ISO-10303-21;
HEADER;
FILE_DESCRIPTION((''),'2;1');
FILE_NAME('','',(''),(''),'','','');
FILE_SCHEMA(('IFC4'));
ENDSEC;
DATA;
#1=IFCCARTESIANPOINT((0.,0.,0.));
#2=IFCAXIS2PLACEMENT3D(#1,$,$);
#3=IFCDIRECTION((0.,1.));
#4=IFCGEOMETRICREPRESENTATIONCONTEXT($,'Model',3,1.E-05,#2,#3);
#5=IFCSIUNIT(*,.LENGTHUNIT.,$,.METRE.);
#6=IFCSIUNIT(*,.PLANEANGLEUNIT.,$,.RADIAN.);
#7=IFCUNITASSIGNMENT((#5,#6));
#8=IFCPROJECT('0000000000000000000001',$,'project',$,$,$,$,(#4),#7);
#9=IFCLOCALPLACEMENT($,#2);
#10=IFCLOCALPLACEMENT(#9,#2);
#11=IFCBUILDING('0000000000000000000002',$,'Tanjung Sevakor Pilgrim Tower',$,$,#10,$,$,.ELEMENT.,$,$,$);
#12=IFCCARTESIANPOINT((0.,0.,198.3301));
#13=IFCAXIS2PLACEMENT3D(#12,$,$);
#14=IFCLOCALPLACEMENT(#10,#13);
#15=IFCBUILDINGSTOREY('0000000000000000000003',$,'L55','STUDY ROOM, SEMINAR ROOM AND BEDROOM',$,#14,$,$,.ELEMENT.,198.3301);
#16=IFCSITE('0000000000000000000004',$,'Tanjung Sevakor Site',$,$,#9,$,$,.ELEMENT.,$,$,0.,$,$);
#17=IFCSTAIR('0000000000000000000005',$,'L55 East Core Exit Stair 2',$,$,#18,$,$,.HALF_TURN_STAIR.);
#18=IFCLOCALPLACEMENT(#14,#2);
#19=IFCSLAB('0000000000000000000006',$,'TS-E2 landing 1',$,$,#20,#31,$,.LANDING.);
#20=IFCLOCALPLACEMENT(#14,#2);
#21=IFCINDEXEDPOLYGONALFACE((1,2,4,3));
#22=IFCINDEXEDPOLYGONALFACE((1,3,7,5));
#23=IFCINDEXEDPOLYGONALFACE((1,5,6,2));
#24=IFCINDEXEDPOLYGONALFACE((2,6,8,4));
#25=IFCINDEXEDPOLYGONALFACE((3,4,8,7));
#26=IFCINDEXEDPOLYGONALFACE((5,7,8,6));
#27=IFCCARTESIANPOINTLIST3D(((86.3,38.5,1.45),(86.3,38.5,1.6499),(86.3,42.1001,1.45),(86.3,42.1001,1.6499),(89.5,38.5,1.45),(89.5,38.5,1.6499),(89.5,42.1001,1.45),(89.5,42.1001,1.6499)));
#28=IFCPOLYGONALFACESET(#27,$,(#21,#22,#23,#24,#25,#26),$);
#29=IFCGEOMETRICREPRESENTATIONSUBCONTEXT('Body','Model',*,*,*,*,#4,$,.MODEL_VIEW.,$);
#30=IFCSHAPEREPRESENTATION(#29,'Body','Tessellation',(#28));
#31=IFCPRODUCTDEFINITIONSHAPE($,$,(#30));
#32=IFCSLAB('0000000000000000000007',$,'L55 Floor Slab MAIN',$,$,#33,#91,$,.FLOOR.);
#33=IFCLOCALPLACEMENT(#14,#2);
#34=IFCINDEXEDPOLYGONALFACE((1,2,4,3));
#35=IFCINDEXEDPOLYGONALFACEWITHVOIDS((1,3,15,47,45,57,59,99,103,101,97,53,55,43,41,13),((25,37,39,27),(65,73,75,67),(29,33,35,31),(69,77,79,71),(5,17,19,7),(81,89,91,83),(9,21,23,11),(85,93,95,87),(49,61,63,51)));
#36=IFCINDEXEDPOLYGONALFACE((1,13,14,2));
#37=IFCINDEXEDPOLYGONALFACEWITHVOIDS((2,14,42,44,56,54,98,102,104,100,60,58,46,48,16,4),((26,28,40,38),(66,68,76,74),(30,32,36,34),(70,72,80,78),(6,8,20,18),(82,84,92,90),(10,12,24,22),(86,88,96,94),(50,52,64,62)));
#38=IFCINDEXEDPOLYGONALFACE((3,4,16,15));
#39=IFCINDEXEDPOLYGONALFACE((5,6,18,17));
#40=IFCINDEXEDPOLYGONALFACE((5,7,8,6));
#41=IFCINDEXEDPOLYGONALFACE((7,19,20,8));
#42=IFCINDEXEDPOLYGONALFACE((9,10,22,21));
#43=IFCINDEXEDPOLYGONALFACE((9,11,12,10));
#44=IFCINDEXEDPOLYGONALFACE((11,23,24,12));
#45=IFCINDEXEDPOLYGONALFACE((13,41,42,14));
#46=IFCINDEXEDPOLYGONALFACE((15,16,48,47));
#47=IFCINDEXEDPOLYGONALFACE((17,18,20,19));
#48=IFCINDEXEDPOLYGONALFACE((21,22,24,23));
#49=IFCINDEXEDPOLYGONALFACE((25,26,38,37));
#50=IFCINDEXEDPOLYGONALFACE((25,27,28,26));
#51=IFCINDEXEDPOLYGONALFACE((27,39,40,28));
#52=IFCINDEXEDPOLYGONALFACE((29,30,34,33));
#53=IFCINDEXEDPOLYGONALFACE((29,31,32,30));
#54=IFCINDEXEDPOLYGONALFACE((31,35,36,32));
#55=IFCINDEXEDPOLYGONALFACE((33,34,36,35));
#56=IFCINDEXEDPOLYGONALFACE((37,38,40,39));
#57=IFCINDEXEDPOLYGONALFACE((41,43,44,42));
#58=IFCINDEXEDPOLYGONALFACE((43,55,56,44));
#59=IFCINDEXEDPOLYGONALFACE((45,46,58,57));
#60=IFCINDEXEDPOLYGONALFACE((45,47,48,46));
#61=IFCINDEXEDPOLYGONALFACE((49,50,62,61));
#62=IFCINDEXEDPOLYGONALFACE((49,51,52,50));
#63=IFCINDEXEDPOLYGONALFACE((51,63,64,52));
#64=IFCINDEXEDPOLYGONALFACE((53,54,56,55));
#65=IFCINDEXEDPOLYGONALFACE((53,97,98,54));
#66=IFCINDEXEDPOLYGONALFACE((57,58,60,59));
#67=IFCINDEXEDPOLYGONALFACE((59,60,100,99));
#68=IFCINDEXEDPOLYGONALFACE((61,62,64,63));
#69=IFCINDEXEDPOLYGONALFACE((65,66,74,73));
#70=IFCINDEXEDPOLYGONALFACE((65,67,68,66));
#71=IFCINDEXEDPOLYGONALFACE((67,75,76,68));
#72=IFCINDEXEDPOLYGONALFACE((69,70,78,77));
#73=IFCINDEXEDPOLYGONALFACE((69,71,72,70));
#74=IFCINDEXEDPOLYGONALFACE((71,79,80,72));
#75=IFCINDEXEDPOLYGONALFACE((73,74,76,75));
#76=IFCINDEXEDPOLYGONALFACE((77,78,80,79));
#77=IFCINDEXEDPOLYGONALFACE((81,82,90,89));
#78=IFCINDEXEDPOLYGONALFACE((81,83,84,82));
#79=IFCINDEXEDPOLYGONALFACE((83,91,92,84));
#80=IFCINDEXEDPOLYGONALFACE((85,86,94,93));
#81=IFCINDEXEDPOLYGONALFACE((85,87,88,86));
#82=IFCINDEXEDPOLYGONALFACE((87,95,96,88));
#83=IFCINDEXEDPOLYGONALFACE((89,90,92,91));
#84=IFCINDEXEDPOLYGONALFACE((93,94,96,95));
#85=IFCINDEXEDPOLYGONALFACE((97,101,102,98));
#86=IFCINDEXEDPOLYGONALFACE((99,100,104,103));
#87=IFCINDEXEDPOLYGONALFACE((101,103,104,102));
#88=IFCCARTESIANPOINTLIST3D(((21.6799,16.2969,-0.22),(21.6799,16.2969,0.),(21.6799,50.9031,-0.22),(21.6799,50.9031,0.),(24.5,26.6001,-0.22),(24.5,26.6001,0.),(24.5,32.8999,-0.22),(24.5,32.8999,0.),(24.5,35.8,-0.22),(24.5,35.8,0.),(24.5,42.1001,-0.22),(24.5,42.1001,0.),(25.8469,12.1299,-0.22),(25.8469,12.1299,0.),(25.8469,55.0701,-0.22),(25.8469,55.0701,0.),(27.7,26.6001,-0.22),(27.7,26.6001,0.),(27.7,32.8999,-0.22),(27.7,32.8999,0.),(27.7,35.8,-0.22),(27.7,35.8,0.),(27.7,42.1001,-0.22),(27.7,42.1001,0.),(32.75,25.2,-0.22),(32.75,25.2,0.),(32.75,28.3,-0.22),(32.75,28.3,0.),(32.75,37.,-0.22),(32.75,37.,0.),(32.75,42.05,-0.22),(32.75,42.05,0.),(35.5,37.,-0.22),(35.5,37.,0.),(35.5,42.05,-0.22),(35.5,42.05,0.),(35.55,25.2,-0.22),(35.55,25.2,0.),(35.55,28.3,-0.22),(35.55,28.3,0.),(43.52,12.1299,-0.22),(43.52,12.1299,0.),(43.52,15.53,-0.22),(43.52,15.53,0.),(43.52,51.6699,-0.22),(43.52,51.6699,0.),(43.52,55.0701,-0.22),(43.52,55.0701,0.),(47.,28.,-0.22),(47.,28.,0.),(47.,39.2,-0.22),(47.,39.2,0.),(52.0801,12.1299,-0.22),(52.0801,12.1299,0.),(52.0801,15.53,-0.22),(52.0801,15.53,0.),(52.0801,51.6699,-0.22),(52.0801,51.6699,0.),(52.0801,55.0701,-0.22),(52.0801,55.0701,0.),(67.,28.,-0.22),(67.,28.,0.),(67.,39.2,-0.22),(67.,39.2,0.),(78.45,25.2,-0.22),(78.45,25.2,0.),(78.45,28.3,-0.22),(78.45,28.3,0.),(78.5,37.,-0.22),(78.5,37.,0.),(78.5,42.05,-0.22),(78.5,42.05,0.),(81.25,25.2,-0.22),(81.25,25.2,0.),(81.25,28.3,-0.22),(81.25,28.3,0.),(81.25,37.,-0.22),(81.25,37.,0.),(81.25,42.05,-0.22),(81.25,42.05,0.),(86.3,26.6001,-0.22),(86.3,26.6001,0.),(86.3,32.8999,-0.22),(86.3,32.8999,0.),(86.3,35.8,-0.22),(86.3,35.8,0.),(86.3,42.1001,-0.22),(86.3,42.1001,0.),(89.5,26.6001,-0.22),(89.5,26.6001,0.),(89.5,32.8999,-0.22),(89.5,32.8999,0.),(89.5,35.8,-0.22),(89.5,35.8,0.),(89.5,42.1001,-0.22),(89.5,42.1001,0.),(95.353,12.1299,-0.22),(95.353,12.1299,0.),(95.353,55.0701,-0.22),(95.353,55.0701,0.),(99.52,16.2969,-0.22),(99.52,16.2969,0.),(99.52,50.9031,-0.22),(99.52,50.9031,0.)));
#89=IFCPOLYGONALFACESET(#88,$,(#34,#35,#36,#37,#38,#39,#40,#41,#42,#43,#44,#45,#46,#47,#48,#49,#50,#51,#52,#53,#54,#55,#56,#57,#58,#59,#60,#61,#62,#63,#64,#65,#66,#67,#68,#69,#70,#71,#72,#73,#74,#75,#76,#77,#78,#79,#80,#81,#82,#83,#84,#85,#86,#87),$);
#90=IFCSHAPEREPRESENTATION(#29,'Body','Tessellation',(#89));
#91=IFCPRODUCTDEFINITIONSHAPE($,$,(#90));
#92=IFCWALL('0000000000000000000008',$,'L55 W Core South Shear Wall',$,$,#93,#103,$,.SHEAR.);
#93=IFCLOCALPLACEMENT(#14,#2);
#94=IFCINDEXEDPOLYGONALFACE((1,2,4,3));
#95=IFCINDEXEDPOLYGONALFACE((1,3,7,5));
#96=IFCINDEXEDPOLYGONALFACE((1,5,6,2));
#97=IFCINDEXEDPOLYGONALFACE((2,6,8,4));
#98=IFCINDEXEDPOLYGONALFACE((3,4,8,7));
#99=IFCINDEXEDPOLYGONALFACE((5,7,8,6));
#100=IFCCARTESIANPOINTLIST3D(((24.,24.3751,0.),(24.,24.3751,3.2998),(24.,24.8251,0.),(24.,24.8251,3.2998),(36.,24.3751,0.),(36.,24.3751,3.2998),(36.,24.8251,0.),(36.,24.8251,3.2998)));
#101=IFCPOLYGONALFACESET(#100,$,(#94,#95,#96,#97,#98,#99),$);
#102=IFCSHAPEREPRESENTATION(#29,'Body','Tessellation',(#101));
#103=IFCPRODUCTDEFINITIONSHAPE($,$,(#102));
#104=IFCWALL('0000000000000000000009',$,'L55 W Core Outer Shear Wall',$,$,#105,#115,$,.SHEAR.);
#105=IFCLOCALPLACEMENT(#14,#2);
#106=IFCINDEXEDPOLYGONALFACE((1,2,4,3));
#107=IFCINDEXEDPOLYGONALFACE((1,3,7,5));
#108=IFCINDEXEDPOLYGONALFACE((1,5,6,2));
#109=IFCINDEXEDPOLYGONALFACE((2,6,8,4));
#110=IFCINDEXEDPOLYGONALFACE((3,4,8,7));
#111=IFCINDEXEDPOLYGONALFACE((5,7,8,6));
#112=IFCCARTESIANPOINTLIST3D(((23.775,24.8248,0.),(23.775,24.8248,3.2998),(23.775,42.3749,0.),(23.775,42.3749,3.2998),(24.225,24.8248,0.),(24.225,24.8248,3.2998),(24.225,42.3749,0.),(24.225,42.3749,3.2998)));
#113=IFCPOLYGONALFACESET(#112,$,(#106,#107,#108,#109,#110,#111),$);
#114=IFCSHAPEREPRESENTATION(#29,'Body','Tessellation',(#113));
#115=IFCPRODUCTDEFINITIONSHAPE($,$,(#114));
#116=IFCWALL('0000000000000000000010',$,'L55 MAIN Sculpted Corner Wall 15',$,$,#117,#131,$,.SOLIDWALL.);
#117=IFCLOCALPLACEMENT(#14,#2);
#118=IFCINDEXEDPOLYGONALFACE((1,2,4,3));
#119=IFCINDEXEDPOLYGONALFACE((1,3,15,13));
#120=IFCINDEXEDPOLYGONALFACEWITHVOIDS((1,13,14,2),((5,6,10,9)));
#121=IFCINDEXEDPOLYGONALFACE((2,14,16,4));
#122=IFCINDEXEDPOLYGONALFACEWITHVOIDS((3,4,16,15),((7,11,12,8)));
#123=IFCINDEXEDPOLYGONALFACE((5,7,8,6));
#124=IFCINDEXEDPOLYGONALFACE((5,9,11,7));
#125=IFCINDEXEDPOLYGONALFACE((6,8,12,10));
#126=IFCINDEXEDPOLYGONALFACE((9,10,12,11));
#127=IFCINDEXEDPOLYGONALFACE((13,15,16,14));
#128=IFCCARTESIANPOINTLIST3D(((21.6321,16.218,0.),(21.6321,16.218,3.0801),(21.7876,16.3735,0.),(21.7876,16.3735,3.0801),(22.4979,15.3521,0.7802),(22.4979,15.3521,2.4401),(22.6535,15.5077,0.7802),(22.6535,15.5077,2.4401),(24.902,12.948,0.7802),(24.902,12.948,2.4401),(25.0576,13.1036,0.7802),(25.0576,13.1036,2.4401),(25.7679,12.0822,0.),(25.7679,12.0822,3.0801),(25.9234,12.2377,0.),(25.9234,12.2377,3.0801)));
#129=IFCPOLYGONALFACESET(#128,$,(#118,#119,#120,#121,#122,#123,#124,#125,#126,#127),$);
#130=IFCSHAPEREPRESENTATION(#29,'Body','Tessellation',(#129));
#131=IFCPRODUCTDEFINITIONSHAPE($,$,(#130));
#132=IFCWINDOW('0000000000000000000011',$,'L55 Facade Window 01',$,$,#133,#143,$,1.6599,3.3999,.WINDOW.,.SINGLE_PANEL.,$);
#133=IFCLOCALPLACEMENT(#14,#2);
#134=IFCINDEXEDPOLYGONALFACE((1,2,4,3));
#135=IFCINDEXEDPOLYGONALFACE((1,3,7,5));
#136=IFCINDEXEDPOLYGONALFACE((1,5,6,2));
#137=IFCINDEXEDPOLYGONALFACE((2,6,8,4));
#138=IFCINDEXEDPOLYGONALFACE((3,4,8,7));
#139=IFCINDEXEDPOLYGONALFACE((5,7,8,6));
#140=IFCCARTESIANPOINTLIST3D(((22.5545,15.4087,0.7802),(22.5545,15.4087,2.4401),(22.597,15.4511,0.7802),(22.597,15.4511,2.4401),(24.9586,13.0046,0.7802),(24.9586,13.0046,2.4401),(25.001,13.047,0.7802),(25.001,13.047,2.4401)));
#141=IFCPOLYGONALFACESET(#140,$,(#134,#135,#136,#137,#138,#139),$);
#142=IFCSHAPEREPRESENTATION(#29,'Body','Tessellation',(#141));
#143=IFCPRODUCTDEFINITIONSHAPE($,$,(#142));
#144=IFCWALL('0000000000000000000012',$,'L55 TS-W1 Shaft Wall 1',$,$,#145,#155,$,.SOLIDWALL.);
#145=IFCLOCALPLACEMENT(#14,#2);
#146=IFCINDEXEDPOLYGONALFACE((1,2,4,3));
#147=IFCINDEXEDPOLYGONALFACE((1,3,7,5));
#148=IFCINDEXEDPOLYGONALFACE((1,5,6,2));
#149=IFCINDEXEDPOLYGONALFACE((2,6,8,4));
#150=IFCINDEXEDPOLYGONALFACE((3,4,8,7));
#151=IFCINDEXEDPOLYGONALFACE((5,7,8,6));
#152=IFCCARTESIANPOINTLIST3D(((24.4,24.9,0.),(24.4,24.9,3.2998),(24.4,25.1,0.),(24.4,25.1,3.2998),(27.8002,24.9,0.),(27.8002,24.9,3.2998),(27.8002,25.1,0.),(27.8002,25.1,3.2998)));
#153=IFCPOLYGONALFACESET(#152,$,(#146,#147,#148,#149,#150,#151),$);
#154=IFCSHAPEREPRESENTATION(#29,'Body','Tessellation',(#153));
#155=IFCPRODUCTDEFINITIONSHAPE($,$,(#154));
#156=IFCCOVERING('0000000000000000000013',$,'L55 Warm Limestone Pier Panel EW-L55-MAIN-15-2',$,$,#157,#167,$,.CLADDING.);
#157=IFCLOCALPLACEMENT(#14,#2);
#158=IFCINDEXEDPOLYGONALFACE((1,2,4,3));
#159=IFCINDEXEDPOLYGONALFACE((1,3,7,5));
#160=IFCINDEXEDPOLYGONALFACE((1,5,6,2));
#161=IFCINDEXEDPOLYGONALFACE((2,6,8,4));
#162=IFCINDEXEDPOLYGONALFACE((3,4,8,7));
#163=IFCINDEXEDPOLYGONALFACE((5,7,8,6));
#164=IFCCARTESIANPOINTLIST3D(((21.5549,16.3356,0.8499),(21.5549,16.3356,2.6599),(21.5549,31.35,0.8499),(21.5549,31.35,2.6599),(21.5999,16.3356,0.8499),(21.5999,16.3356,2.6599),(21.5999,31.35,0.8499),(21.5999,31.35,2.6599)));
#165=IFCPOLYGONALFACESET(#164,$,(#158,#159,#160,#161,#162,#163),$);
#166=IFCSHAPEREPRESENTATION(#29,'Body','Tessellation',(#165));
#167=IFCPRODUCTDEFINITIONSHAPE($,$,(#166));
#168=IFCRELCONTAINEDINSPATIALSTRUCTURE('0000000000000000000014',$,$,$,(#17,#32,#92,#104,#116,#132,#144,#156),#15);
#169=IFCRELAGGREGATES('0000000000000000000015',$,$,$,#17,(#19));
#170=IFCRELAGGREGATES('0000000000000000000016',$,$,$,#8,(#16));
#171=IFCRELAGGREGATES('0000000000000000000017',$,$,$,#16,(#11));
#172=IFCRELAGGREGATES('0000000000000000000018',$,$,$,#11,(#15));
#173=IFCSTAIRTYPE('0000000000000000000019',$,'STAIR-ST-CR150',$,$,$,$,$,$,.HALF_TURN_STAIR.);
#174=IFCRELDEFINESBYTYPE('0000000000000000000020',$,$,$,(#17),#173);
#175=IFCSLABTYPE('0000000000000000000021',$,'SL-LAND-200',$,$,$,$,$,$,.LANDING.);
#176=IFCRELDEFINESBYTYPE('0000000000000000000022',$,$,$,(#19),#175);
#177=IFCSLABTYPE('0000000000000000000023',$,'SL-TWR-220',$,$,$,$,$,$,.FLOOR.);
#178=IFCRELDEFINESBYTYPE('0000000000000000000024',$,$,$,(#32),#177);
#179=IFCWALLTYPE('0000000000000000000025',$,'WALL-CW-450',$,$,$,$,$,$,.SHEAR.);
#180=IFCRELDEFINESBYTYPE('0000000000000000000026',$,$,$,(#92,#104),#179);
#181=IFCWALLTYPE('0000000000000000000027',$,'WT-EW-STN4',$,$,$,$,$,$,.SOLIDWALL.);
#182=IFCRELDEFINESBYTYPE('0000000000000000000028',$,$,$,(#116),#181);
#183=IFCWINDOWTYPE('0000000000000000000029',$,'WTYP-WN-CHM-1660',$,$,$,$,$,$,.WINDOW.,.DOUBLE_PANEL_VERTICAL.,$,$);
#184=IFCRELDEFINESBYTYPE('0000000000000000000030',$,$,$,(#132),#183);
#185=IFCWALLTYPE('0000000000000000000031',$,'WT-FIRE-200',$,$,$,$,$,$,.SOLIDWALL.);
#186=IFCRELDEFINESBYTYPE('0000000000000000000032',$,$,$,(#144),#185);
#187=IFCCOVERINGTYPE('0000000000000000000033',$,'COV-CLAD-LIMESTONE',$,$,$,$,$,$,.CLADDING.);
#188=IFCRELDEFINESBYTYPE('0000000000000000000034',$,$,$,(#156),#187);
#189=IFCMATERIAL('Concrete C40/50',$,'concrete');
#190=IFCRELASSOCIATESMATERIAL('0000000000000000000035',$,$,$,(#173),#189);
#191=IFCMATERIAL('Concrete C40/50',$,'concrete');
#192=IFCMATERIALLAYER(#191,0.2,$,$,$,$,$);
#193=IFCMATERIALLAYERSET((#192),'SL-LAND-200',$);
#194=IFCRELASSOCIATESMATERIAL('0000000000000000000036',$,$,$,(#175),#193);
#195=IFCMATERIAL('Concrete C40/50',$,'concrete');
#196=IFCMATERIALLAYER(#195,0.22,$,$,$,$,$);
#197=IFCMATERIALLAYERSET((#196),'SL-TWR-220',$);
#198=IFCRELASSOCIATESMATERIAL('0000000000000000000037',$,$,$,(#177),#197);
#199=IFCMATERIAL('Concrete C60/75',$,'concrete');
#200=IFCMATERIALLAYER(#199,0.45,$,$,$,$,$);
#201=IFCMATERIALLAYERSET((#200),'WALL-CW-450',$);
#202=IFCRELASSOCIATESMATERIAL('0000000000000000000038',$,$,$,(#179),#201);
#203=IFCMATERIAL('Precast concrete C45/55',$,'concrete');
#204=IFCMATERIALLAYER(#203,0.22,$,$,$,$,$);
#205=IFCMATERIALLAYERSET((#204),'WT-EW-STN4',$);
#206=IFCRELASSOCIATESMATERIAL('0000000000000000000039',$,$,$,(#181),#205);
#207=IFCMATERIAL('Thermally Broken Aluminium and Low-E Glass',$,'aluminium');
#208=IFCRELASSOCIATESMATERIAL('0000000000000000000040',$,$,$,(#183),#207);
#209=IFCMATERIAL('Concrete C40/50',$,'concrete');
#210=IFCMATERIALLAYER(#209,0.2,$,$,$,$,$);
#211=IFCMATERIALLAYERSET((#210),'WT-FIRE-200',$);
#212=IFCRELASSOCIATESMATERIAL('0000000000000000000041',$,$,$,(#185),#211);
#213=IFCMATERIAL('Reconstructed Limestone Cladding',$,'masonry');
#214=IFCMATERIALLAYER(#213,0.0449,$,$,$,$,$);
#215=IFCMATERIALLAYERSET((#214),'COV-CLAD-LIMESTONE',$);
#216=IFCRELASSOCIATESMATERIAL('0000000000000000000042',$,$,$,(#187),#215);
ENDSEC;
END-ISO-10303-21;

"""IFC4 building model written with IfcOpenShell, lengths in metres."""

from ifc_helpers import new_model, si_unit, direction, frame, frame_2d, origin, origin_2d, place, context, subcontext, project, spatial, polyline, rectangle, outline, extrude, material, layer, layer_set, type_object, element, fill, aggregate, save


model = new_model("IFC4")

# Units and contexts
model_context = context("Model", 3, precision=1e-05, world=origin(), true_north=direction((0.0, 1.0)))
body_context = subcontext(model_context, "Body", "Model", "MODEL_VIEW")
ifc_project = project(units=[si_unit("LENGTHUNIT", "METRE"), si_unit("PLANEANGLEUNIT", "RADIAN")], contexts=[model_context])

# Site, building, storey
site_placement = place(None, origin())
site = spatial("IfcSite", under=ifc_project, at=site_placement, Name="Tanjung Sevakor Site", CompositionType="ELEMENT", RefElevation=0.0)
building_placement = place(site_placement, origin())
building = spatial("IfcBuilding", under=site, at=building_placement, Name="Tanjung Sevakor Pilgrim Tower", CompositionType="ELEMENT")
storey_placement = place(building_placement, frame((0.0, 0.0, 198.3301)))
storey = spatial("IfcBuildingStorey", under=building, at=storey_placement, Name="L55", Description="STUDY ROOM, SEMINAR ROOM AND BEDROOM", CompositionType="ELEMENT", Elevation=198.3301)

# Stair, slab
ifc_material_1 = material(Name="Concrete C40/50", Category="concrete")
stair_type = type_object("IfcStairType", Name="STAIR-ST-CR150", PredefinedType="HALF_TURN_STAIR", material=ifc_material_1)
ifc_material_2 = material(Name="Concrete C40/50", Category="concrete")
ifc_layer_1 = layer(ifc_material_2, 0.2)
ifc_layer_set_1 = layer_set([ifc_layer_1], Name="SL-LAND-200")
slab_type_1 = type_object("IfcSlabType", Name="SL-LAND-200", PredefinedType="LANDING", material=ifc_layer_set_1)
stair_1_placement = place(storey_placement, origin())
stair_1 = element("IfcStair", 1, at=stair_1_placement, inside=storey, type_object=stair_type, Name="L55 East Core Exit Stair 2", PredefinedType="HALF_TURN_STAIR")
slab_1_placement = place(storey_placement, frame((0.0, 0.0, 1.45)))
slab_1 = element("IfcSlab", 2, at=slab_1_placement, type_object=slab_type_1, Name="TS-E2 landing 1", PredefinedType="LANDING", context=body_context, shape_type="SweptSolid", body=[
    extrude(outline(polyline([(89.5, 38.5), (89.5, 42.1001), (86.3, 42.1001), (86.3, 38.5), (89.5, 38.5)])), origin(), (0.0, 0.0, 1.0), 0.2),
])
aggregate(stair_1, [slab_1])

# Slab
ifc_material_3 = material(Name="Concrete C40/50", Category="concrete")
ifc_layer_2 = layer(ifc_material_3, 0.22)
ifc_layer_set_2 = layer_set([ifc_layer_2], Name="SL-TWR-220")
slab_type_2 = type_object("IfcSlabType", Name="SL-TWR-220", PredefinedType="FLOOR", material=ifc_layer_set_2)
slab_2_placement = place(storey_placement, frame((0.0, 0.0, -0.22)))
element("IfcSlab", 3, at=slab_2_placement, inside=storey, type_object=slab_type_2, Name="L55 Floor Slab MAIN", PredefinedType="FLOOR", context=body_context, shape_type="SweptSolid", body=[
    extrude(outline(polyline([(25.8469, 12.1299), (43.52, 12.1299), (43.52, 15.53), (52.0801, 15.53), (52.0801, 12.1299), (95.353, 12.1299), (99.52, 16.2969), (99.52, 50.9031), (95.353, 55.0701), (52.0801, 55.0701), (52.0801, 51.6699), (43.52, 51.6699), (43.52, 55.0701), (25.8469, 55.0701), (21.6799, 50.9031), (21.6799, 16.2969), (25.8469, 12.1299)]), holes=[polyline([(27.7, 26.6001), (27.7, 32.8999), (24.5, 32.8999), (24.5, 26.6001), (27.7, 26.6001)]), polyline([(27.7, 35.8), (27.7, 42.1001), (24.5, 42.1001), (24.5, 35.8), (27.7, 35.8)]), polyline([(89.5, 26.6001), (89.5, 32.8999), (86.3, 32.8999), (86.3, 26.6001), (89.5, 26.6001)]), polyline([(89.5, 35.8), (89.5, 42.1001), (86.3, 42.1001), (86.3, 35.8), (89.5, 35.8)]), polyline([(32.75, 25.2), (35.55, 25.2), (35.55, 28.3), (32.75, 28.3), (32.75, 25.2)]), polyline([(32.75, 37.0), (35.5, 37.0), (35.5, 42.05), (32.75, 42.05), (32.75, 37.0)]), polyline([(78.45, 25.2), (81.25, 25.2), (81.25, 28.3), (78.45, 28.3), (78.45, 25.2)]), polyline([(78.5, 37.0), (81.25, 37.0), (81.25, 42.05), (78.5, 42.05), (78.5, 37.0)]), polyline([(47.0, 28.0), (67.0, 28.0), (67.0, 39.2), (47.0, 39.2), (47.0, 28.0)])]), origin(), (0.0, 0.0, 1.0), 0.22),
])

# Walls
ifc_material_4 = material(Name="Concrete C60/75", Category="concrete")
ifc_layer_3 = layer(ifc_material_4, 0.45)
ifc_layer_set_3 = layer_set([ifc_layer_3], Name="WALL-CW-450")
wall_type_1 = type_object("IfcWallType", Name="WALL-CW-450", PredefinedType="SHEAR", material=ifc_layer_set_3)
wall_1_placement = place(storey_placement, frame((24.0, 24.6001, 0.0), z_axis=(0.0, 0.0, 1.0), x_axis=(1.0, 0.0, 0.0)))
element("IfcWall", 4, at=wall_1_placement, inside=storey, type_object=wall_type_1, Name="L55 W Core South Shear Wall", PredefinedType="SHEAR", context=body_context, shape_type="SweptSolid", body=[
    extrude(rectangle(XDim=12.0, YDim=0.45, at=frame_2d((6.0, 0.0))), origin(), (0.0, 0.0, 1.0), 3.2998),
])
wall_2_placement = place(storey_placement, frame((24.0, 24.825, 0.0), z_axis=(0.0, 0.0, 1.0), x_axis=(0.0, 1.0, 0.0)))
element("IfcWall", 5, at=wall_2_placement, inside=storey, type_object=wall_type_1, Name="L55 W Core Outer Shear Wall", PredefinedType="SHEAR", context=body_context, shape_type="SweptSolid", body=[
    extrude(rectangle(XDim=17.55, YDim=0.45, at=frame_2d((8.7749, 0.0))), origin(), (0.0, 0.0, 1.0), 3.2998),
])

# Wall, opening, window
ifc_material_5 = material(Name="Precast concrete C45/55", Category="concrete")
ifc_layer_4 = layer(ifc_material_5, 0.22)
ifc_layer_set_4 = layer_set([ifc_layer_4], Name="WT-EW-STN4")
wall_type_2 = type_object("IfcWallType", Name="WT-EW-STN4", PredefinedType="SOLIDWALL", material=ifc_layer_set_4)
wall_3_placement = place(storey_placement, frame((21.71, 16.2957, 0.0), z_axis=(0.0, 0.0, 1.0), x_axis=(0.707107, -0.707107, 0.0)))
wall_3 = element("IfcWall", 6, at=wall_3_placement, inside=storey, type_object=wall_type_2, Name="L55 MAIN Sculpted Corner Wall 15", PredefinedType="SOLIDWALL", context=body_context, shape_type="SweptSolid", body=[
    extrude(rectangle(XDim=5.8489, YDim=0.22, at=frame_2d((2.9243, 0.0))), origin(), (0.0, 0.0, 1.0), 3.0801),
])
opening_placement = place(wall_3_placement, frame((1.2244, 0.0, 0.78)))
opening = element("IfcOpeningElement", 7, at=opening_placement, cuts=wall_3, PredefinedType="OPENING", context=body_context, shape_type="SweptSolid", body=[
    extrude(rectangle(XDim=3.3999, YDim=1.6599, at=frame_2d((1.7, 0.8301))), frame((0.0, 0.1199, 0.0), z_axis=(0.0, -1.0, 0.0), x_axis=(1.0, 0.0, 0.0)), (0.0, 0.0, 1.0), 0.24),
])
ifc_material_6 = material(Name="Thermally Broken Aluminium and Low-E Glass", Category="aluminium")
window_type = type_object("IfcWindowType", Name="WTYP-WN-CHM-1660", PartitioningType="DOUBLE_PANEL_VERTICAL", PredefinedType="WINDOW", material=ifc_material_6)
window_placement = place(opening_placement, origin())
window = element("IfcWindow", 8, at=window_placement, inside=storey, type_object=window_type, Name="L55 Facade Window 01", OverallHeight=1.6599, OverallWidth=3.3999, PartitioningType="SINGLE_PANEL", PredefinedType="WINDOW", context=body_context, shape_type="SweptSolid", body=[
    extrude(rectangle(XDim=3.3999, YDim=1.6599, at=frame_2d((1.7, 0.8301))), frame((0.0, 0.03, 0.0), z_axis=(0.0, -1.0, 0.0), x_axis=(1.0, 0.0, 0.0)), (0.0, 0.0, 1.0), 0.0601),
])
fill(opening, window)

# Wall
ifc_material_7 = material(Name="Concrete C40/50", Category="concrete")
ifc_layer_5 = layer(ifc_material_7, 0.2)
ifc_layer_set_5 = layer_set([ifc_layer_5], Name="WT-FIRE-200")
wall_type_3 = type_object("IfcWallType", Name="WT-FIRE-200", PredefinedType="SOLIDWALL", material=ifc_layer_set_5)
wall_4_placement = place(storey_placement, frame((24.3999, 25.0, 0.0), z_axis=(0.0, 0.0, 1.0), x_axis=(1.0, 0.0, 0.0)))
element("IfcWall", 9, at=wall_4_placement, inside=storey, type_object=wall_type_3, Name="L55 TS-W1 Shaft Wall 1", PredefinedType="SOLIDWALL", context=body_context, shape_type="SweptSolid", body=[
    extrude(rectangle(XDim=3.4001, YDim=0.2, at=frame_2d((1.7002, 0.0))), origin(), (0.0, 0.0, 1.0), 3.2998),
])

# Covering
ifc_material_8 = material(Name="Reconstructed Limestone Cladding", Category="masonry")
ifc_layer_6 = layer(ifc_material_8, 0.0449)
ifc_layer_set_6 = layer_set([ifc_layer_6], Name="COV-CLAD-LIMESTONE")
covering_type = type_object("IfcCoveringType", Name="COV-CLAD-LIMESTONE", PredefinedType="CLADDING", material=ifc_layer_set_6)
covering_1_placement = place(storey_placement, frame((21.5774, 23.8428, 0.8499), z_axis=(0.0, 0.0, 1.0), x_axis=(0.0, -1.0, 0.0)))
element("IfcCovering", 10, at=covering_1_placement, inside=storey, type_object=covering_type, Name="L55 Warm Limestone Pier Panel EW-L55-MAIN-15-2", PredefinedType="CLADDING", context=body_context, shape_type="SweptSolid", body=[
    extrude(rectangle(XDim=15.0144, YDim=0.0449, at=origin_2d()), origin(), (0.0, 0.0, 1.0), 1.8101),
])

save(model, "model.ifc")
